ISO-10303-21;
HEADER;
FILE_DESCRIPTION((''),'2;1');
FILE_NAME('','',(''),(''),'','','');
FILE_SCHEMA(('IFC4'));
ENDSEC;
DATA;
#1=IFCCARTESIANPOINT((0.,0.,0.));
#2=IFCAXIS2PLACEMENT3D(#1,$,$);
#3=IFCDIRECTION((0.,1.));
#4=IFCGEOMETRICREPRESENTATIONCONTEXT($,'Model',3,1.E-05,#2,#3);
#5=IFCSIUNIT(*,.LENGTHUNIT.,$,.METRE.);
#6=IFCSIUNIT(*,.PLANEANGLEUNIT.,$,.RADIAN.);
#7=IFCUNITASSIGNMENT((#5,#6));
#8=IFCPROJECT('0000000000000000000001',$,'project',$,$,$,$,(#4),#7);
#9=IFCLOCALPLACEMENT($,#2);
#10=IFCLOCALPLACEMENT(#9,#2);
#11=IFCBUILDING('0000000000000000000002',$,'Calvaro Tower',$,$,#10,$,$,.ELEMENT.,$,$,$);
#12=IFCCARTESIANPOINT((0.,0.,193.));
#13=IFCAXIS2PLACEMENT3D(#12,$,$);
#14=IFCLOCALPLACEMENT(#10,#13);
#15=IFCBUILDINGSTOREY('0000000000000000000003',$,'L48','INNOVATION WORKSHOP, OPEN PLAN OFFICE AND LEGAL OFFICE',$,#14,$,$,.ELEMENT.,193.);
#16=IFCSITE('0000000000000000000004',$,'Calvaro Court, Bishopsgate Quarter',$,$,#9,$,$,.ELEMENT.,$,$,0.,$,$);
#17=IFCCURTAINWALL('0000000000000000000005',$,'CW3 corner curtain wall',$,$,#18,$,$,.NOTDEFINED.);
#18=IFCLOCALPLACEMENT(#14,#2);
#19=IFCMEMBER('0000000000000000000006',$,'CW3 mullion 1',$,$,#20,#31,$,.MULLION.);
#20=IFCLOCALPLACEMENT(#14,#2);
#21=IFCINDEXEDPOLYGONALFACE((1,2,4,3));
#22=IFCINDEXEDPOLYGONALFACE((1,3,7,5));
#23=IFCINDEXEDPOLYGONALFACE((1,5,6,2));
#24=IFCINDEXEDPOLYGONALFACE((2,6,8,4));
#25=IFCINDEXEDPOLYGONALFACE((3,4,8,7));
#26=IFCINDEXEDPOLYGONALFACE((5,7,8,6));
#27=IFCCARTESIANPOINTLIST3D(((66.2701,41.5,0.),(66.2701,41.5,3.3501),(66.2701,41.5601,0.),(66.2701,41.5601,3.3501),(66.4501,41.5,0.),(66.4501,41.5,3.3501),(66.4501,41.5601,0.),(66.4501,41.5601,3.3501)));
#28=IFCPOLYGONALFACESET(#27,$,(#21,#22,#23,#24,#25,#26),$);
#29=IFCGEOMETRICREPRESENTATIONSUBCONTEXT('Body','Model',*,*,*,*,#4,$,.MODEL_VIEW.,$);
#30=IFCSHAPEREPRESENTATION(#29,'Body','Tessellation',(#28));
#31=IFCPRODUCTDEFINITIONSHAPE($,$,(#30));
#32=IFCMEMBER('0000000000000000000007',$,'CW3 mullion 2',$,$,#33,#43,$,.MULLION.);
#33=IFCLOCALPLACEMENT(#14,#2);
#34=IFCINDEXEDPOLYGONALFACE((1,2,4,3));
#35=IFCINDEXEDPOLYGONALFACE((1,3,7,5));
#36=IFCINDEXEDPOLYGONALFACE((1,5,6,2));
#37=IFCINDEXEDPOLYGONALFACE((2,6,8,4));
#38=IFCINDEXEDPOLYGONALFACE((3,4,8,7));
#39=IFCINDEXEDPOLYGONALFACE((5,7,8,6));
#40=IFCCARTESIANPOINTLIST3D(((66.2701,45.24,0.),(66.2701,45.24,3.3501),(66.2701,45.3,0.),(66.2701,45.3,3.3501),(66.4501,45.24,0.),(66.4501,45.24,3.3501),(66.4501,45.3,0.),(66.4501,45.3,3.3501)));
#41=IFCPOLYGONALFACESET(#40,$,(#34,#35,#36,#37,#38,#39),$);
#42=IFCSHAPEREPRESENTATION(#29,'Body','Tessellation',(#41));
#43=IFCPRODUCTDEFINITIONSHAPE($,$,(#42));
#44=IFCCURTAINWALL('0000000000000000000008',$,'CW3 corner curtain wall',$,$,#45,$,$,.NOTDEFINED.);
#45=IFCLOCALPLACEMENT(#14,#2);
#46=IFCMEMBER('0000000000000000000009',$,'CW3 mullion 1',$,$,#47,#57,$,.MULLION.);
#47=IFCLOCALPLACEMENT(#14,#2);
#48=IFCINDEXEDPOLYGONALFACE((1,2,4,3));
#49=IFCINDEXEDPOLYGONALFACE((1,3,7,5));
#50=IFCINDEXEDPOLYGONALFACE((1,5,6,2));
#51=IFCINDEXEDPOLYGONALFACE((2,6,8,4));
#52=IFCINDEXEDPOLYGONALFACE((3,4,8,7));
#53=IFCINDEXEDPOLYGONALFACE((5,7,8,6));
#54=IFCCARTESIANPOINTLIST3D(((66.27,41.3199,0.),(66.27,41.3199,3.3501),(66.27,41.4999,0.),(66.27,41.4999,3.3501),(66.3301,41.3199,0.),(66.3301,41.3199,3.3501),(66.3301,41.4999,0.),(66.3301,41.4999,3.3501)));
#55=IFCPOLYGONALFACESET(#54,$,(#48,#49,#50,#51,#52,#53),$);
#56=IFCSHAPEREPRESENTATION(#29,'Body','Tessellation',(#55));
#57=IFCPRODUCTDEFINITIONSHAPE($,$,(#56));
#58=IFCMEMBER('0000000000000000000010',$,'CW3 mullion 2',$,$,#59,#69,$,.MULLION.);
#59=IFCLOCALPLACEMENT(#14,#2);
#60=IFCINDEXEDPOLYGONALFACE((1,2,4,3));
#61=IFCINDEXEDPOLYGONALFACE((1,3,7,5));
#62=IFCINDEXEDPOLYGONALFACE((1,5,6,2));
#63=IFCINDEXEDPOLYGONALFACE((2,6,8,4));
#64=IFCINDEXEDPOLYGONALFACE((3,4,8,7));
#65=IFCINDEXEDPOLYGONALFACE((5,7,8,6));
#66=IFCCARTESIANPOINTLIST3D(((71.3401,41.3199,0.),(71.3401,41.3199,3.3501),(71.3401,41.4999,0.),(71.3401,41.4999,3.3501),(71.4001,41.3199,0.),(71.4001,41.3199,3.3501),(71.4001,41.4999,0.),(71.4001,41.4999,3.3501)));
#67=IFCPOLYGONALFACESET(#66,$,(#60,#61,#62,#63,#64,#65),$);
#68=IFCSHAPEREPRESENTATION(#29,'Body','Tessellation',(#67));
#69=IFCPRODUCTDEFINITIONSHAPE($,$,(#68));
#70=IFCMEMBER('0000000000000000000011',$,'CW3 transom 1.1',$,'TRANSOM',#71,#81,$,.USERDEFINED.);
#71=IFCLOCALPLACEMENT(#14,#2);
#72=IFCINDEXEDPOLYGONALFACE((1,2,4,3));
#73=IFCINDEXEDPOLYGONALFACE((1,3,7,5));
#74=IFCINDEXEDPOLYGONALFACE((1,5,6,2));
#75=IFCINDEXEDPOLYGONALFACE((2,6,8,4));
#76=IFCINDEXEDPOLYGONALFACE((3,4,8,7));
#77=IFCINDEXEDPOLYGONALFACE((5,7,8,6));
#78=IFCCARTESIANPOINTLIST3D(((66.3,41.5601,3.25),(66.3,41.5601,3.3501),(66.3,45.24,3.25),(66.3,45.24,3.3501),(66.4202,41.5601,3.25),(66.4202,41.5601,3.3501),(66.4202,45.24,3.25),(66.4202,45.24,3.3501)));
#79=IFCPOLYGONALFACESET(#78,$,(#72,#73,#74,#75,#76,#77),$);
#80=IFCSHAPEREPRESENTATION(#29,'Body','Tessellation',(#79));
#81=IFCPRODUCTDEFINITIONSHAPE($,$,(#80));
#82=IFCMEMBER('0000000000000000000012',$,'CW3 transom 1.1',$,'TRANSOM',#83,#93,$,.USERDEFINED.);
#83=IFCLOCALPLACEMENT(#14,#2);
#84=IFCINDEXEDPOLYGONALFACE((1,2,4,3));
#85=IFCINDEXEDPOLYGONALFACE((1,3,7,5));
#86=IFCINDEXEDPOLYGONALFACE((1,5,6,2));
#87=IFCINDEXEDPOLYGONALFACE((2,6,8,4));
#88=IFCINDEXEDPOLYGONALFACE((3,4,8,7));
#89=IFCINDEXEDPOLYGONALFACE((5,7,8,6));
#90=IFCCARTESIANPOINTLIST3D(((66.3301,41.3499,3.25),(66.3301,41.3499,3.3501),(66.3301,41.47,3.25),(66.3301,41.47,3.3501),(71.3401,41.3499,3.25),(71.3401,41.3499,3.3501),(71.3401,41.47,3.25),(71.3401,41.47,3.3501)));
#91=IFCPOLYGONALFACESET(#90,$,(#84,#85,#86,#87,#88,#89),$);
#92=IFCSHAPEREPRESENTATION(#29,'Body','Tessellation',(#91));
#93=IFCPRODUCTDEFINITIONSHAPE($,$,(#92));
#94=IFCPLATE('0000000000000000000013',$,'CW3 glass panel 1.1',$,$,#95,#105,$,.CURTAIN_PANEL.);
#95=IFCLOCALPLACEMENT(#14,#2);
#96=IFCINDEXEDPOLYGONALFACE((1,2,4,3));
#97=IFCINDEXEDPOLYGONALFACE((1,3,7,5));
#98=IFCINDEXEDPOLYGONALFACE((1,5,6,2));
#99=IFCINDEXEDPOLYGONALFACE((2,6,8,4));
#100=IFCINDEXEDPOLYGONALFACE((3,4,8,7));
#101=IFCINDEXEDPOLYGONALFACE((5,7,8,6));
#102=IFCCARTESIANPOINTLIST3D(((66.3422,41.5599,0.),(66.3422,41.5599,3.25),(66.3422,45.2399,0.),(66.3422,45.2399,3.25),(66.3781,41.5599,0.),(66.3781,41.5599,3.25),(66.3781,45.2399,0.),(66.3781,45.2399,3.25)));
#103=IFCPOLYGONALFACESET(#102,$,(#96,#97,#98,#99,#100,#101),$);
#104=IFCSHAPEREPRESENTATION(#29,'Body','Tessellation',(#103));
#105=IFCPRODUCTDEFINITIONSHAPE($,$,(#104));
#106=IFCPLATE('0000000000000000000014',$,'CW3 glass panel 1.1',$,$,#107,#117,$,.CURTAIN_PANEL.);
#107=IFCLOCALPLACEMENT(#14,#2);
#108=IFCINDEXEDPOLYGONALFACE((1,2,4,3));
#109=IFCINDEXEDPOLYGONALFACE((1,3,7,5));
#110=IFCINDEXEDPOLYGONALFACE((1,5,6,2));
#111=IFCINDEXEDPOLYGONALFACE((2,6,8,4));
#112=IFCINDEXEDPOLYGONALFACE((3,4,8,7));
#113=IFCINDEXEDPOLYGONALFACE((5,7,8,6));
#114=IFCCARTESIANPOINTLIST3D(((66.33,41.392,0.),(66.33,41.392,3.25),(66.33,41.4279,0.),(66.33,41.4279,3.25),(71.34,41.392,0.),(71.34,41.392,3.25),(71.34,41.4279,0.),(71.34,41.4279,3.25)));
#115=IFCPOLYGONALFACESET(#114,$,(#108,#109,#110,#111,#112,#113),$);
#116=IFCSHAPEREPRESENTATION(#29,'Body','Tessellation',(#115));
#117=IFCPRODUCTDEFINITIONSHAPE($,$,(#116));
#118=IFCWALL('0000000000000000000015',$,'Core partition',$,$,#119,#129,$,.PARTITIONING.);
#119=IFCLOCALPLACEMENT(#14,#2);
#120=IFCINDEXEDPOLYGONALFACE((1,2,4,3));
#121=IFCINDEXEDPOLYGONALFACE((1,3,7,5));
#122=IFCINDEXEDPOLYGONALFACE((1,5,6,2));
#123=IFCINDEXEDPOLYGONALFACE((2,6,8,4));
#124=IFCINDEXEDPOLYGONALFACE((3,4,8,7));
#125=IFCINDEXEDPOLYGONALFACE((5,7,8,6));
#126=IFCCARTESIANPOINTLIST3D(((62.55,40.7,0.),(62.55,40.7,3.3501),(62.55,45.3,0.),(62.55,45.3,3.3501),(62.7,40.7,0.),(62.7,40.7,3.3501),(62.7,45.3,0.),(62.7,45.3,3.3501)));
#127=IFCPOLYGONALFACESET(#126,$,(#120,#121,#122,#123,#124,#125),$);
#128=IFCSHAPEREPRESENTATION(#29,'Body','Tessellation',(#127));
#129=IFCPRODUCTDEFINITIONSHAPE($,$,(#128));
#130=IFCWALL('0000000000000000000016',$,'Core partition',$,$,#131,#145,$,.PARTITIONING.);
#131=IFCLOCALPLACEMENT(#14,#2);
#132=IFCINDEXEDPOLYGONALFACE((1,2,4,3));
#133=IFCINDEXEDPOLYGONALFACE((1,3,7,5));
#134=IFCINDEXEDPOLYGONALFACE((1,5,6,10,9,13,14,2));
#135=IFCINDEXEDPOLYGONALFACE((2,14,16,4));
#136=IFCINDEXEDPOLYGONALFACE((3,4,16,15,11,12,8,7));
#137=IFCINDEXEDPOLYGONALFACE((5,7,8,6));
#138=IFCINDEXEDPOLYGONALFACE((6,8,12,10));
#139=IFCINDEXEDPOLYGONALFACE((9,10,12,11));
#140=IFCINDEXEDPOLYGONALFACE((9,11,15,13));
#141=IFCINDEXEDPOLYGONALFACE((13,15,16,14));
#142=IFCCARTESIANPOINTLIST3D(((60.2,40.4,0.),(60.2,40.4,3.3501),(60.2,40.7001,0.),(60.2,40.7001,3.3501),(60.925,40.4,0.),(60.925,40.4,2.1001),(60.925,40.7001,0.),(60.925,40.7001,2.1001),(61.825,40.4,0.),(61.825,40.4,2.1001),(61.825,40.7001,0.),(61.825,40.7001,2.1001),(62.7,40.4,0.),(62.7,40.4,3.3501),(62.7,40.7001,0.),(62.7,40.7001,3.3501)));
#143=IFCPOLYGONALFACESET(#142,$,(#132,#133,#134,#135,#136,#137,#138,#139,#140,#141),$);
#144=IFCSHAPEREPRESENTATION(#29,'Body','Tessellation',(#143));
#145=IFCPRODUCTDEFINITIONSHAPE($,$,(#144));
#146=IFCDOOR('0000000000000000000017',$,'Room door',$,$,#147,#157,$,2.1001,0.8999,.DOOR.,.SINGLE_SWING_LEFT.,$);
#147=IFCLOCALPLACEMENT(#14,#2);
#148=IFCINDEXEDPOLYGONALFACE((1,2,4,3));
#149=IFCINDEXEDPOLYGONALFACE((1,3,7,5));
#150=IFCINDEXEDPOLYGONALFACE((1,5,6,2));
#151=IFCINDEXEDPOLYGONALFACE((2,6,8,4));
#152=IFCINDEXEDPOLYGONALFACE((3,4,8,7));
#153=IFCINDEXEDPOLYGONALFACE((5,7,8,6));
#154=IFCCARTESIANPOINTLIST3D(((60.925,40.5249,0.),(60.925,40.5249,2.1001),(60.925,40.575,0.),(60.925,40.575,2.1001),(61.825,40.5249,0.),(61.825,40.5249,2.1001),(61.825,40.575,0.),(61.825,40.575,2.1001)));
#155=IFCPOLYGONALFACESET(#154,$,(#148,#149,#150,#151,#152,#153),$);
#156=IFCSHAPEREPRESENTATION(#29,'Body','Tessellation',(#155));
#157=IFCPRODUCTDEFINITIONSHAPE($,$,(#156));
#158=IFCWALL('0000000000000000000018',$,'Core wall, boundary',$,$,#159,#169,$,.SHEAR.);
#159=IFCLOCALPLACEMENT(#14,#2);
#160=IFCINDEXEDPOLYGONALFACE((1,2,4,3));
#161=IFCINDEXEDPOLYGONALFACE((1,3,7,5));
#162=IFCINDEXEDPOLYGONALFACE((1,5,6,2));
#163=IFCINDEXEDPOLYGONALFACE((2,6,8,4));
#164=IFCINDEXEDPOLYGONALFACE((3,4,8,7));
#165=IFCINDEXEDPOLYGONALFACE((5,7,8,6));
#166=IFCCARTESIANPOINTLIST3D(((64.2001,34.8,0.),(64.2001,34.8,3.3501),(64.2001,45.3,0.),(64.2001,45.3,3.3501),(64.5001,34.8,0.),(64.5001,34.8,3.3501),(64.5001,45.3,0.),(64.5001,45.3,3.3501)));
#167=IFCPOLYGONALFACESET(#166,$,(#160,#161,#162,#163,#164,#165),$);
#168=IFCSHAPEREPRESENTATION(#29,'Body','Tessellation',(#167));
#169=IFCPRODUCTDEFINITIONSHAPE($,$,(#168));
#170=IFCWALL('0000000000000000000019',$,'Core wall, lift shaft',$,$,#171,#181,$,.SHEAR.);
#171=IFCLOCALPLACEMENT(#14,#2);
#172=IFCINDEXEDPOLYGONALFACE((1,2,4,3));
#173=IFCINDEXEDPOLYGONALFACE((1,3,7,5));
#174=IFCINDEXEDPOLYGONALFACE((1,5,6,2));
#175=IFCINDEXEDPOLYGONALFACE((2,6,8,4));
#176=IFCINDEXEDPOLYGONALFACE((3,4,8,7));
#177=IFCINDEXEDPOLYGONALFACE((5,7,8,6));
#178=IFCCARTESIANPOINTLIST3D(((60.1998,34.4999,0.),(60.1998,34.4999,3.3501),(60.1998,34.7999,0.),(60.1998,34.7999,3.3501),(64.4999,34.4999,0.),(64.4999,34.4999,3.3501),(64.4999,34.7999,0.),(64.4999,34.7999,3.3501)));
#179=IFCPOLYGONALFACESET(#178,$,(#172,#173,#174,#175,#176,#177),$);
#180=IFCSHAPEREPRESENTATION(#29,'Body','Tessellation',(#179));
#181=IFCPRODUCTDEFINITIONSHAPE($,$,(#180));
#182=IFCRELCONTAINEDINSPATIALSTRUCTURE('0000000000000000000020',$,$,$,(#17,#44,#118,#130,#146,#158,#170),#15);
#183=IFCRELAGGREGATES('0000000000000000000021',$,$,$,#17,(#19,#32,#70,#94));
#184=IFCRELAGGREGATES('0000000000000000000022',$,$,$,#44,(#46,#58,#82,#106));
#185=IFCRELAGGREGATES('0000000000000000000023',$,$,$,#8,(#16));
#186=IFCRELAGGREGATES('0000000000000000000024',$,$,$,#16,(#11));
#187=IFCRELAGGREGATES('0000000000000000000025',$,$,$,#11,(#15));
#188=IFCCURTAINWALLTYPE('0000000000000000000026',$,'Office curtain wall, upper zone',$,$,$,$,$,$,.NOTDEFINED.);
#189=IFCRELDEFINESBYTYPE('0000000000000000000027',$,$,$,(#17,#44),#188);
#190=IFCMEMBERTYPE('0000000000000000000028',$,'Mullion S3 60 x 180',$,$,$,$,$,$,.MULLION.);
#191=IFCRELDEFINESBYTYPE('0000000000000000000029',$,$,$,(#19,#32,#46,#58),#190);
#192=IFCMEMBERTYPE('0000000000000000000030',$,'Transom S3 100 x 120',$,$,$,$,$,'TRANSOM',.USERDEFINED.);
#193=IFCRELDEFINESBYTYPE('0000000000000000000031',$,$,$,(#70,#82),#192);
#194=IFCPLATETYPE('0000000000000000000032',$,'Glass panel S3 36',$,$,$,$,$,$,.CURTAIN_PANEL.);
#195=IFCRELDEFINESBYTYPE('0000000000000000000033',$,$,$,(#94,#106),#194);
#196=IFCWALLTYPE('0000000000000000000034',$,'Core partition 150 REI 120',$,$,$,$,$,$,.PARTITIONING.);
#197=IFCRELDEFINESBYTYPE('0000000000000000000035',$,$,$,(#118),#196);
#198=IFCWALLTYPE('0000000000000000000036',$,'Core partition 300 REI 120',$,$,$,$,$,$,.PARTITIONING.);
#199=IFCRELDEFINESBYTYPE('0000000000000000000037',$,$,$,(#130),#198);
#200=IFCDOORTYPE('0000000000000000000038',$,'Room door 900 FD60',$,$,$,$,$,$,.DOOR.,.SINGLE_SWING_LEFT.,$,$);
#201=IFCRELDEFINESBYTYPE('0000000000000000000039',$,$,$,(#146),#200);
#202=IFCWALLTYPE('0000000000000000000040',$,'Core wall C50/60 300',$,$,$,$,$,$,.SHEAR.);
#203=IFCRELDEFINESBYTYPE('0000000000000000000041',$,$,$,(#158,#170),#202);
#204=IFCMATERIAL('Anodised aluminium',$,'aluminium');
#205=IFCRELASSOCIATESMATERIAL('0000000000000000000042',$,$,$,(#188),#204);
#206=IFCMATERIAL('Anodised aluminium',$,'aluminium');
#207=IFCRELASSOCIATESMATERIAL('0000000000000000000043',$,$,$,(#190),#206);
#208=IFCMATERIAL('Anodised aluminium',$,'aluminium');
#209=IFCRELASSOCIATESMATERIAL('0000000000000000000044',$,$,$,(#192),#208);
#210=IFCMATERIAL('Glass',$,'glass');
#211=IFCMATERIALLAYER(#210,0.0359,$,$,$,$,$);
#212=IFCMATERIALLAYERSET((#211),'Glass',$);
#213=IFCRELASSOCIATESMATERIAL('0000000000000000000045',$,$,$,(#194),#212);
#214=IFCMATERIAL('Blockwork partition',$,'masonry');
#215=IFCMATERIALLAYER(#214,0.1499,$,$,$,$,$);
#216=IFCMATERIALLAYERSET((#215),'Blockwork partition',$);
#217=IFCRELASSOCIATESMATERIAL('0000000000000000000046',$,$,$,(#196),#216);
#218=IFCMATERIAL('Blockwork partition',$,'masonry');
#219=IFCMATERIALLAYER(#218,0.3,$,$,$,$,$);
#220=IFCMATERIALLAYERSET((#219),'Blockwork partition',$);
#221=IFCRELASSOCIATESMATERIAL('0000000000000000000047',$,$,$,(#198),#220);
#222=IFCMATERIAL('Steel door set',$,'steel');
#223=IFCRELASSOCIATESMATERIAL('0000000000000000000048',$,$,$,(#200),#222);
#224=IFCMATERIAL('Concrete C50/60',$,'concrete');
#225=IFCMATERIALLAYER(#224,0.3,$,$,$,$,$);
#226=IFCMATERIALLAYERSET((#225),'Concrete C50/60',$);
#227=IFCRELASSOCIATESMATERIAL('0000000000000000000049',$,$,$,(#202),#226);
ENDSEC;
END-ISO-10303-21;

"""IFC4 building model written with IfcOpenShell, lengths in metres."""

from ifc_helpers import new_model, si_unit, direction, frame, frame_2d, origin, origin_2d, place, context, subcontext, project, spatial, rectangle, extrude, material, layer, layer_set, material_profile, profile_set, type_object, element, fill, aggregate, save


model = new_model("IFC4")

# Units and contexts
model_context = context("Model", 3, precision=1e-05, world=origin(), true_north=direction((0.0, 1.0)))
body_context = subcontext(model_context, "Body", "Model", "MODEL_VIEW")
ifc_project = project(units=[si_unit("LENGTHUNIT", "METRE"), si_unit("PLANEANGLEUNIT", "RADIAN")], contexts=[model_context])

# Site, building, storey
site_placement = place(None, origin())
site = spatial("IfcSite", under=ifc_project, at=site_placement, Name="Calvaro Court, Bishopsgate Quarter", CompositionType="ELEMENT", RefElevation=0.0)
building_placement = place(site_placement, origin())
building = spatial("IfcBuilding", under=site, at=building_placement, Name="Calvaro Tower", CompositionType="ELEMENT")
storey_placement = place(building_placement, frame((0.0, 0.0, 193.0)))
storey = spatial("IfcBuildingStorey", under=building, at=storey_placement, Name="L48", Description="INNOVATION WORKSHOP, OPEN PLAN OFFICE AND LEGAL OFFICE", CompositionType="ELEMENT", Elevation=193.0)

# Curtain walls, members
ifc_material_1 = material(Name="Anodised aluminium", Category="aluminium")
curtain_wall_type = type_object("IfcCurtainWallType", Name="Office curtain wall, upper zone", PredefinedType="NOTDEFINED", material=ifc_material_1)
curtain_wall_1_placement = place(storey_placement, origin())
curtain_wall_1 = element("IfcCurtainWall", 1, at=curtain_wall_1_placement, inside=storey, type_object=curtain_wall_type, Name="CW3 corner curtain wall", PredefinedType="NOTDEFINED")
ifc_material_2 = material(Name="Anodised aluminium", Category="aluminium")
ifc_material_profile_1 = material_profile(ifc_material_2, rectangle(XDim=0.1799, YDim=0.0601, at=origin_2d()), Name="Mullion S3 60 x 180")
ifc_profile_set_1 = profile_set([ifc_material_profile_1], Name="Anodised aluminium")
member_type_1 = type_object("IfcMemberType", Name="Mullion S3 60 x 180", PredefinedType="MULLION", material=ifc_profile_set_1)
member_1_placement = place(storey_placement, frame((66.3601, 41.53, 0.0), z_axis=(0.0, 0.0, 1.0), x_axis=(-1.0, 0.0, 0.0)))
member_1 = element("IfcMember", 2, at=member_1_placement, type_object=member_type_1, Name="CW3 mullion 1", PredefinedType="MULLION", context=body_context, shape_type="SweptSolid", body=[
    extrude(rectangle(XDim=0.1799, YDim=0.0601, at=origin_2d()), origin(), (0.0, 0.0, 1.0), 3.3501),
])
member_2_placement = place(storey_placement, frame((66.3601, 45.27, 0.0), z_axis=(0.0, 0.0, 1.0), x_axis=(-1.0, 0.0, 0.0)))
member_2 = element("IfcMember", 3, at=member_2_placement, type_object=member_type_1, Name="CW3 mullion 2", PredefinedType="MULLION", context=body_context, shape_type="SweptSolid", body=[
    extrude(rectangle(XDim=0.1799, YDim=0.0601, at=origin_2d()), origin(), (0.0, 0.0, 1.0), 3.3501),
])
curtain_wall_2_placement = place(storey_placement, origin())
curtain_wall_2 = element("IfcCurtainWall", 4, at=curtain_wall_2_placement, inside=storey, type_object=curtain_wall_type, Name="CW3 corner curtain wall", PredefinedType="NOTDEFINED")
member_3_placement = place(storey_placement, frame((66.3, 41.4099, 0.0), z_axis=(0.0, 0.0, 1.0), x_axis=(0.0, 1.0, 0.0)))
member_3 = element("IfcMember", 5, at=member_3_placement, type_object=member_type_1, Name="CW3 mullion 1", PredefinedType="MULLION", context=body_context, shape_type="SweptSolid", body=[
    extrude(rectangle(XDim=0.1799, YDim=0.0601, at=origin_2d()), origin(), (0.0, 0.0, 1.0), 3.3501),
])
member_4_placement = place(storey_placement, frame((71.3701, 41.4099, 0.0), z_axis=(0.0, 0.0, 1.0), x_axis=(0.0, 1.0, 0.0)))
member_4 = element("IfcMember", 6, at=member_4_placement, type_object=member_type_1, Name="CW3 mullion 2", PredefinedType="MULLION", context=body_context, shape_type="SweptSolid", body=[
    extrude(rectangle(XDim=0.1799, YDim=0.0601, at=origin_2d()), origin(), (0.0, 0.0, 1.0), 3.3501),
])

# Members
ifc_material_3 = material(Name="Anodised aluminium", Category="aluminium")
ifc_material_profile_2 = material_profile(ifc_material_3, rectangle(XDim=0.1201, YDim=0.1001, at=origin_2d()), Name="Transom S3 100 x 120")
ifc_profile_set_2 = profile_set([ifc_material_profile_2], Name="Anodised aluminium")
member_type_2 = type_object("IfcMemberType", Name="Transom S3 100 x 120", ElementType="TRANSOM", PredefinedType="USERDEFINED", material=ifc_profile_set_2)
member_5_placement = place(storey_placement, frame((66.3601, 41.5601, 3.3), z_axis=(0.0, 1.0, 0.0), x_axis=(-1.0, 0.0, 0.0)))
member_5 = element("IfcMember", 7, at=member_5_placement, type_object=member_type_2, Name="CW3 transom 1.1", ObjectType="TRANSOM", PredefinedType="USERDEFINED", context=body_context, shape_type="SweptSolid", body=[
    extrude(rectangle(XDim=0.1201, YDim=0.1001, at=origin_2d()), origin(), (0.0, 0.0, 1.0), 3.6799),
])
member_6_placement = place(storey_placement, frame((66.3301, 41.4099, 3.3), z_axis=(1.0, 0.0, 0.0), x_axis=(0.0, 1.0, 0.0)))
member_6 = element("IfcMember", 8, at=member_6_placement, type_object=member_type_2, Name="CW3 transom 1.1", ObjectType="TRANSOM", PredefinedType="USERDEFINED", context=body_context, shape_type="SweptSolid", body=[
    extrude(rectangle(XDim=0.1201, YDim=0.1001, at=origin_2d()), origin(), (0.0, 0.0, 1.0), 5.01),
])

# Plates
ifc_material_4 = material(Name="Glass", Category="glass")
ifc_layer_1 = layer(ifc_material_4, 0.0359)
ifc_layer_set_1 = layer_set([ifc_layer_1], Name="Glass")
plate_type = type_object("IfcPlateType", Name="Glass panel S3 36", PredefinedType="CURTAIN_PANEL", material=ifc_layer_set_1)
plate_1_placement = place(storey_placement, frame((66.3601, 43.3999, 0.0), z_axis=(0.0, 0.0, 1.0), x_axis=(0.0, 1.0, 0.0)))
plate_1 = element("IfcPlate", 9, at=plate_1_placement, type_object=plate_type, Name="CW3 glass panel 1.1", PredefinedType="CURTAIN_PANEL", context=body_context, shape_type="SweptSolid", body=[
    extrude(rectangle(XDim=3.6799, YDim=0.0359, at=origin_2d()), origin(), (0.0, 0.0, 1.0), 3.25),
])
aggregate(curtain_wall_1, [member_1, member_2, member_5, plate_1])
plate_2_placement = place(storey_placement, frame((68.835, 41.4099, 0.0), z_axis=(0.0, 0.0, 1.0), x_axis=(1.0, 0.0, 0.0)))
plate_2 = element("IfcPlate", 10, at=plate_2_placement, type_object=plate_type, Name="CW3 glass panel 1.1", PredefinedType="CURTAIN_PANEL", context=body_context, shape_type="SweptSolid", body=[
    extrude(rectangle(XDim=5.01, YDim=0.0359, at=origin_2d()), origin(), (0.0, 0.0, 1.0), 3.25),
])
aggregate(curtain_wall_2, [member_3, member_4, member_6, plate_2])

# Wall
ifc_material_5 = material(Name="Blockwork partition", Category="masonry")
ifc_layer_2 = layer(ifc_material_5, 0.1499)
ifc_layer_set_2 = layer_set([ifc_layer_2], Name="Blockwork partition")
wall_type_1 = type_object("IfcWallType", Name="Core partition 150 REI 120", PredefinedType="PARTITIONING", material=ifc_layer_set_2)
wall_1_placement = place(storey_placement, frame((62.625, 40.7, 0.0), z_axis=(0.0, 0.0, 1.0), x_axis=(0.0, 1.0, 0.0)))
element("IfcWall", 11, at=wall_1_placement, inside=storey, type_object=wall_type_1, Name="Core partition", PredefinedType="PARTITIONING", context=body_context, shape_type="SweptSolid", body=[
    extrude(rectangle(XDim=4.6001, YDim=0.1499, at=frame_2d((2.3, 0.0))), origin(), (0.0, 0.0, 1.0), 3.3501),
])

# Wall, opening, door
ifc_material_6 = material(Name="Blockwork partition", Category="masonry")
ifc_layer_3 = layer(ifc_material_6, 0.3)
ifc_layer_set_3 = layer_set([ifc_layer_3], Name="Blockwork partition")
wall_type_2 = type_object("IfcWallType", Name="Core partition 300 REI 120", PredefinedType="PARTITIONING", material=ifc_layer_set_3)
wall_2_placement = place(storey_placement, frame((60.2, 40.55, 0.0), z_axis=(0.0, 0.0, 1.0), x_axis=(1.0, 0.0, 0.0)))
wall_2 = element("IfcWall", 12, at=wall_2_placement, inside=storey, type_object=wall_type_2, Name="Core partition", PredefinedType="PARTITIONING", context=body_context, shape_type="SweptSolid", body=[
    extrude(rectangle(XDim=2.5, YDim=0.3, at=frame_2d((1.25, 0.0))), origin(), (0.0, 0.0, 1.0), 3.3501),
])
opening_1_placement = place(wall_2_placement, frame((0.7251, 0.0, 0.0)))
opening_1 = element("IfcOpeningElement", 13, at=opening_1_placement, cuts=wall_2, PredefinedType="OPENING", context=body_context, shape_type="SweptSolid", body=[
    extrude(rectangle(XDim=0.8999, YDim=2.1001, at=frame_2d((0.45, 1.05))), frame((0.0, 0.1599, 0.0), z_axis=(0.0, -1.0, 0.0), x_axis=(1.0, 0.0, 0.0)), (0.0, 0.0, 1.0), 0.3201),
])
ifc_material_7 = material(Name="Steel door set", Category="steel")
door_type_1 = type_object("IfcDoorType", Name="Room door 900 FD60", OperationType="SINGLE_SWING_LEFT", PredefinedType="DOOR", material=ifc_material_7)
door_1_placement = place(opening_1_placement, origin())
door_1 = element("IfcDoor", 14, at=door_1_placement, inside=storey, type_object=door_type_1, Name="Room door", OperationType="SINGLE_SWING_LEFT", OverallHeight=2.1001, OverallWidth=0.8999, PredefinedType="DOOR", context=body_context, shape_type="SweptSolid", body=[
    extrude(rectangle(XDim=0.8999, YDim=2.1001, at=frame_2d((0.45, 1.05))), frame((0.0, 0.0249, 0.0), z_axis=(0.0, -1.0, 0.0), x_axis=(1.0, 0.0, 0.0)), (0.0, 0.0, 1.0), 0.05),
])
fill(opening_1, door_1)

# Walls
ifc_material_8 = material(Name="Concrete C50/60", Category="concrete")
ifc_layer_4 = layer(ifc_material_8, 0.3)
ifc_layer_set_4 = layer_set([ifc_layer_4], Name="Concrete C50/60")
wall_type_3 = type_object("IfcWallType", Name="Core wall C50/60 300", PredefinedType="SHEAR", material=ifc_layer_set_4)
wall_3_placement = place(storey_placement, frame((64.3501, 34.8, 0.0), z_axis=(0.0, 0.0, 1.0), x_axis=(0.0, 1.0, 0.0)))
element("IfcWall", 15, at=wall_3_placement, inside=storey, type_object=wall_type_3, Name="Core wall, boundary", PredefinedType="SHEAR", context=body_context, shape_type="SweptSolid", body=[
    extrude(rectangle(XDim=10.5, YDim=0.3, at=frame_2d((5.25, 0.0))), origin(), (0.0, 0.0, 1.0), 3.3501),
])
wall_4_placement = place(storey_placement, frame((60.2, 34.6499, 0.0), z_axis=(0.0, 0.0, 1.0), x_axis=(1.0, 0.0, 0.0)))
element("IfcWall", 16, at=wall_4_placement, inside=storey, type_object=wall_type_3, Name="Core wall, lift shaft", PredefinedType="SHEAR", context=body_context, shape_type="SweptSolid", body=[
    extrude(rectangle(XDim=4.3, YDim=0.3, at=frame_2d((2.1499, 0.0))), origin(), (0.0, 0.0, 1.0), 3.3501),
])

save(model, "model.ifc")
